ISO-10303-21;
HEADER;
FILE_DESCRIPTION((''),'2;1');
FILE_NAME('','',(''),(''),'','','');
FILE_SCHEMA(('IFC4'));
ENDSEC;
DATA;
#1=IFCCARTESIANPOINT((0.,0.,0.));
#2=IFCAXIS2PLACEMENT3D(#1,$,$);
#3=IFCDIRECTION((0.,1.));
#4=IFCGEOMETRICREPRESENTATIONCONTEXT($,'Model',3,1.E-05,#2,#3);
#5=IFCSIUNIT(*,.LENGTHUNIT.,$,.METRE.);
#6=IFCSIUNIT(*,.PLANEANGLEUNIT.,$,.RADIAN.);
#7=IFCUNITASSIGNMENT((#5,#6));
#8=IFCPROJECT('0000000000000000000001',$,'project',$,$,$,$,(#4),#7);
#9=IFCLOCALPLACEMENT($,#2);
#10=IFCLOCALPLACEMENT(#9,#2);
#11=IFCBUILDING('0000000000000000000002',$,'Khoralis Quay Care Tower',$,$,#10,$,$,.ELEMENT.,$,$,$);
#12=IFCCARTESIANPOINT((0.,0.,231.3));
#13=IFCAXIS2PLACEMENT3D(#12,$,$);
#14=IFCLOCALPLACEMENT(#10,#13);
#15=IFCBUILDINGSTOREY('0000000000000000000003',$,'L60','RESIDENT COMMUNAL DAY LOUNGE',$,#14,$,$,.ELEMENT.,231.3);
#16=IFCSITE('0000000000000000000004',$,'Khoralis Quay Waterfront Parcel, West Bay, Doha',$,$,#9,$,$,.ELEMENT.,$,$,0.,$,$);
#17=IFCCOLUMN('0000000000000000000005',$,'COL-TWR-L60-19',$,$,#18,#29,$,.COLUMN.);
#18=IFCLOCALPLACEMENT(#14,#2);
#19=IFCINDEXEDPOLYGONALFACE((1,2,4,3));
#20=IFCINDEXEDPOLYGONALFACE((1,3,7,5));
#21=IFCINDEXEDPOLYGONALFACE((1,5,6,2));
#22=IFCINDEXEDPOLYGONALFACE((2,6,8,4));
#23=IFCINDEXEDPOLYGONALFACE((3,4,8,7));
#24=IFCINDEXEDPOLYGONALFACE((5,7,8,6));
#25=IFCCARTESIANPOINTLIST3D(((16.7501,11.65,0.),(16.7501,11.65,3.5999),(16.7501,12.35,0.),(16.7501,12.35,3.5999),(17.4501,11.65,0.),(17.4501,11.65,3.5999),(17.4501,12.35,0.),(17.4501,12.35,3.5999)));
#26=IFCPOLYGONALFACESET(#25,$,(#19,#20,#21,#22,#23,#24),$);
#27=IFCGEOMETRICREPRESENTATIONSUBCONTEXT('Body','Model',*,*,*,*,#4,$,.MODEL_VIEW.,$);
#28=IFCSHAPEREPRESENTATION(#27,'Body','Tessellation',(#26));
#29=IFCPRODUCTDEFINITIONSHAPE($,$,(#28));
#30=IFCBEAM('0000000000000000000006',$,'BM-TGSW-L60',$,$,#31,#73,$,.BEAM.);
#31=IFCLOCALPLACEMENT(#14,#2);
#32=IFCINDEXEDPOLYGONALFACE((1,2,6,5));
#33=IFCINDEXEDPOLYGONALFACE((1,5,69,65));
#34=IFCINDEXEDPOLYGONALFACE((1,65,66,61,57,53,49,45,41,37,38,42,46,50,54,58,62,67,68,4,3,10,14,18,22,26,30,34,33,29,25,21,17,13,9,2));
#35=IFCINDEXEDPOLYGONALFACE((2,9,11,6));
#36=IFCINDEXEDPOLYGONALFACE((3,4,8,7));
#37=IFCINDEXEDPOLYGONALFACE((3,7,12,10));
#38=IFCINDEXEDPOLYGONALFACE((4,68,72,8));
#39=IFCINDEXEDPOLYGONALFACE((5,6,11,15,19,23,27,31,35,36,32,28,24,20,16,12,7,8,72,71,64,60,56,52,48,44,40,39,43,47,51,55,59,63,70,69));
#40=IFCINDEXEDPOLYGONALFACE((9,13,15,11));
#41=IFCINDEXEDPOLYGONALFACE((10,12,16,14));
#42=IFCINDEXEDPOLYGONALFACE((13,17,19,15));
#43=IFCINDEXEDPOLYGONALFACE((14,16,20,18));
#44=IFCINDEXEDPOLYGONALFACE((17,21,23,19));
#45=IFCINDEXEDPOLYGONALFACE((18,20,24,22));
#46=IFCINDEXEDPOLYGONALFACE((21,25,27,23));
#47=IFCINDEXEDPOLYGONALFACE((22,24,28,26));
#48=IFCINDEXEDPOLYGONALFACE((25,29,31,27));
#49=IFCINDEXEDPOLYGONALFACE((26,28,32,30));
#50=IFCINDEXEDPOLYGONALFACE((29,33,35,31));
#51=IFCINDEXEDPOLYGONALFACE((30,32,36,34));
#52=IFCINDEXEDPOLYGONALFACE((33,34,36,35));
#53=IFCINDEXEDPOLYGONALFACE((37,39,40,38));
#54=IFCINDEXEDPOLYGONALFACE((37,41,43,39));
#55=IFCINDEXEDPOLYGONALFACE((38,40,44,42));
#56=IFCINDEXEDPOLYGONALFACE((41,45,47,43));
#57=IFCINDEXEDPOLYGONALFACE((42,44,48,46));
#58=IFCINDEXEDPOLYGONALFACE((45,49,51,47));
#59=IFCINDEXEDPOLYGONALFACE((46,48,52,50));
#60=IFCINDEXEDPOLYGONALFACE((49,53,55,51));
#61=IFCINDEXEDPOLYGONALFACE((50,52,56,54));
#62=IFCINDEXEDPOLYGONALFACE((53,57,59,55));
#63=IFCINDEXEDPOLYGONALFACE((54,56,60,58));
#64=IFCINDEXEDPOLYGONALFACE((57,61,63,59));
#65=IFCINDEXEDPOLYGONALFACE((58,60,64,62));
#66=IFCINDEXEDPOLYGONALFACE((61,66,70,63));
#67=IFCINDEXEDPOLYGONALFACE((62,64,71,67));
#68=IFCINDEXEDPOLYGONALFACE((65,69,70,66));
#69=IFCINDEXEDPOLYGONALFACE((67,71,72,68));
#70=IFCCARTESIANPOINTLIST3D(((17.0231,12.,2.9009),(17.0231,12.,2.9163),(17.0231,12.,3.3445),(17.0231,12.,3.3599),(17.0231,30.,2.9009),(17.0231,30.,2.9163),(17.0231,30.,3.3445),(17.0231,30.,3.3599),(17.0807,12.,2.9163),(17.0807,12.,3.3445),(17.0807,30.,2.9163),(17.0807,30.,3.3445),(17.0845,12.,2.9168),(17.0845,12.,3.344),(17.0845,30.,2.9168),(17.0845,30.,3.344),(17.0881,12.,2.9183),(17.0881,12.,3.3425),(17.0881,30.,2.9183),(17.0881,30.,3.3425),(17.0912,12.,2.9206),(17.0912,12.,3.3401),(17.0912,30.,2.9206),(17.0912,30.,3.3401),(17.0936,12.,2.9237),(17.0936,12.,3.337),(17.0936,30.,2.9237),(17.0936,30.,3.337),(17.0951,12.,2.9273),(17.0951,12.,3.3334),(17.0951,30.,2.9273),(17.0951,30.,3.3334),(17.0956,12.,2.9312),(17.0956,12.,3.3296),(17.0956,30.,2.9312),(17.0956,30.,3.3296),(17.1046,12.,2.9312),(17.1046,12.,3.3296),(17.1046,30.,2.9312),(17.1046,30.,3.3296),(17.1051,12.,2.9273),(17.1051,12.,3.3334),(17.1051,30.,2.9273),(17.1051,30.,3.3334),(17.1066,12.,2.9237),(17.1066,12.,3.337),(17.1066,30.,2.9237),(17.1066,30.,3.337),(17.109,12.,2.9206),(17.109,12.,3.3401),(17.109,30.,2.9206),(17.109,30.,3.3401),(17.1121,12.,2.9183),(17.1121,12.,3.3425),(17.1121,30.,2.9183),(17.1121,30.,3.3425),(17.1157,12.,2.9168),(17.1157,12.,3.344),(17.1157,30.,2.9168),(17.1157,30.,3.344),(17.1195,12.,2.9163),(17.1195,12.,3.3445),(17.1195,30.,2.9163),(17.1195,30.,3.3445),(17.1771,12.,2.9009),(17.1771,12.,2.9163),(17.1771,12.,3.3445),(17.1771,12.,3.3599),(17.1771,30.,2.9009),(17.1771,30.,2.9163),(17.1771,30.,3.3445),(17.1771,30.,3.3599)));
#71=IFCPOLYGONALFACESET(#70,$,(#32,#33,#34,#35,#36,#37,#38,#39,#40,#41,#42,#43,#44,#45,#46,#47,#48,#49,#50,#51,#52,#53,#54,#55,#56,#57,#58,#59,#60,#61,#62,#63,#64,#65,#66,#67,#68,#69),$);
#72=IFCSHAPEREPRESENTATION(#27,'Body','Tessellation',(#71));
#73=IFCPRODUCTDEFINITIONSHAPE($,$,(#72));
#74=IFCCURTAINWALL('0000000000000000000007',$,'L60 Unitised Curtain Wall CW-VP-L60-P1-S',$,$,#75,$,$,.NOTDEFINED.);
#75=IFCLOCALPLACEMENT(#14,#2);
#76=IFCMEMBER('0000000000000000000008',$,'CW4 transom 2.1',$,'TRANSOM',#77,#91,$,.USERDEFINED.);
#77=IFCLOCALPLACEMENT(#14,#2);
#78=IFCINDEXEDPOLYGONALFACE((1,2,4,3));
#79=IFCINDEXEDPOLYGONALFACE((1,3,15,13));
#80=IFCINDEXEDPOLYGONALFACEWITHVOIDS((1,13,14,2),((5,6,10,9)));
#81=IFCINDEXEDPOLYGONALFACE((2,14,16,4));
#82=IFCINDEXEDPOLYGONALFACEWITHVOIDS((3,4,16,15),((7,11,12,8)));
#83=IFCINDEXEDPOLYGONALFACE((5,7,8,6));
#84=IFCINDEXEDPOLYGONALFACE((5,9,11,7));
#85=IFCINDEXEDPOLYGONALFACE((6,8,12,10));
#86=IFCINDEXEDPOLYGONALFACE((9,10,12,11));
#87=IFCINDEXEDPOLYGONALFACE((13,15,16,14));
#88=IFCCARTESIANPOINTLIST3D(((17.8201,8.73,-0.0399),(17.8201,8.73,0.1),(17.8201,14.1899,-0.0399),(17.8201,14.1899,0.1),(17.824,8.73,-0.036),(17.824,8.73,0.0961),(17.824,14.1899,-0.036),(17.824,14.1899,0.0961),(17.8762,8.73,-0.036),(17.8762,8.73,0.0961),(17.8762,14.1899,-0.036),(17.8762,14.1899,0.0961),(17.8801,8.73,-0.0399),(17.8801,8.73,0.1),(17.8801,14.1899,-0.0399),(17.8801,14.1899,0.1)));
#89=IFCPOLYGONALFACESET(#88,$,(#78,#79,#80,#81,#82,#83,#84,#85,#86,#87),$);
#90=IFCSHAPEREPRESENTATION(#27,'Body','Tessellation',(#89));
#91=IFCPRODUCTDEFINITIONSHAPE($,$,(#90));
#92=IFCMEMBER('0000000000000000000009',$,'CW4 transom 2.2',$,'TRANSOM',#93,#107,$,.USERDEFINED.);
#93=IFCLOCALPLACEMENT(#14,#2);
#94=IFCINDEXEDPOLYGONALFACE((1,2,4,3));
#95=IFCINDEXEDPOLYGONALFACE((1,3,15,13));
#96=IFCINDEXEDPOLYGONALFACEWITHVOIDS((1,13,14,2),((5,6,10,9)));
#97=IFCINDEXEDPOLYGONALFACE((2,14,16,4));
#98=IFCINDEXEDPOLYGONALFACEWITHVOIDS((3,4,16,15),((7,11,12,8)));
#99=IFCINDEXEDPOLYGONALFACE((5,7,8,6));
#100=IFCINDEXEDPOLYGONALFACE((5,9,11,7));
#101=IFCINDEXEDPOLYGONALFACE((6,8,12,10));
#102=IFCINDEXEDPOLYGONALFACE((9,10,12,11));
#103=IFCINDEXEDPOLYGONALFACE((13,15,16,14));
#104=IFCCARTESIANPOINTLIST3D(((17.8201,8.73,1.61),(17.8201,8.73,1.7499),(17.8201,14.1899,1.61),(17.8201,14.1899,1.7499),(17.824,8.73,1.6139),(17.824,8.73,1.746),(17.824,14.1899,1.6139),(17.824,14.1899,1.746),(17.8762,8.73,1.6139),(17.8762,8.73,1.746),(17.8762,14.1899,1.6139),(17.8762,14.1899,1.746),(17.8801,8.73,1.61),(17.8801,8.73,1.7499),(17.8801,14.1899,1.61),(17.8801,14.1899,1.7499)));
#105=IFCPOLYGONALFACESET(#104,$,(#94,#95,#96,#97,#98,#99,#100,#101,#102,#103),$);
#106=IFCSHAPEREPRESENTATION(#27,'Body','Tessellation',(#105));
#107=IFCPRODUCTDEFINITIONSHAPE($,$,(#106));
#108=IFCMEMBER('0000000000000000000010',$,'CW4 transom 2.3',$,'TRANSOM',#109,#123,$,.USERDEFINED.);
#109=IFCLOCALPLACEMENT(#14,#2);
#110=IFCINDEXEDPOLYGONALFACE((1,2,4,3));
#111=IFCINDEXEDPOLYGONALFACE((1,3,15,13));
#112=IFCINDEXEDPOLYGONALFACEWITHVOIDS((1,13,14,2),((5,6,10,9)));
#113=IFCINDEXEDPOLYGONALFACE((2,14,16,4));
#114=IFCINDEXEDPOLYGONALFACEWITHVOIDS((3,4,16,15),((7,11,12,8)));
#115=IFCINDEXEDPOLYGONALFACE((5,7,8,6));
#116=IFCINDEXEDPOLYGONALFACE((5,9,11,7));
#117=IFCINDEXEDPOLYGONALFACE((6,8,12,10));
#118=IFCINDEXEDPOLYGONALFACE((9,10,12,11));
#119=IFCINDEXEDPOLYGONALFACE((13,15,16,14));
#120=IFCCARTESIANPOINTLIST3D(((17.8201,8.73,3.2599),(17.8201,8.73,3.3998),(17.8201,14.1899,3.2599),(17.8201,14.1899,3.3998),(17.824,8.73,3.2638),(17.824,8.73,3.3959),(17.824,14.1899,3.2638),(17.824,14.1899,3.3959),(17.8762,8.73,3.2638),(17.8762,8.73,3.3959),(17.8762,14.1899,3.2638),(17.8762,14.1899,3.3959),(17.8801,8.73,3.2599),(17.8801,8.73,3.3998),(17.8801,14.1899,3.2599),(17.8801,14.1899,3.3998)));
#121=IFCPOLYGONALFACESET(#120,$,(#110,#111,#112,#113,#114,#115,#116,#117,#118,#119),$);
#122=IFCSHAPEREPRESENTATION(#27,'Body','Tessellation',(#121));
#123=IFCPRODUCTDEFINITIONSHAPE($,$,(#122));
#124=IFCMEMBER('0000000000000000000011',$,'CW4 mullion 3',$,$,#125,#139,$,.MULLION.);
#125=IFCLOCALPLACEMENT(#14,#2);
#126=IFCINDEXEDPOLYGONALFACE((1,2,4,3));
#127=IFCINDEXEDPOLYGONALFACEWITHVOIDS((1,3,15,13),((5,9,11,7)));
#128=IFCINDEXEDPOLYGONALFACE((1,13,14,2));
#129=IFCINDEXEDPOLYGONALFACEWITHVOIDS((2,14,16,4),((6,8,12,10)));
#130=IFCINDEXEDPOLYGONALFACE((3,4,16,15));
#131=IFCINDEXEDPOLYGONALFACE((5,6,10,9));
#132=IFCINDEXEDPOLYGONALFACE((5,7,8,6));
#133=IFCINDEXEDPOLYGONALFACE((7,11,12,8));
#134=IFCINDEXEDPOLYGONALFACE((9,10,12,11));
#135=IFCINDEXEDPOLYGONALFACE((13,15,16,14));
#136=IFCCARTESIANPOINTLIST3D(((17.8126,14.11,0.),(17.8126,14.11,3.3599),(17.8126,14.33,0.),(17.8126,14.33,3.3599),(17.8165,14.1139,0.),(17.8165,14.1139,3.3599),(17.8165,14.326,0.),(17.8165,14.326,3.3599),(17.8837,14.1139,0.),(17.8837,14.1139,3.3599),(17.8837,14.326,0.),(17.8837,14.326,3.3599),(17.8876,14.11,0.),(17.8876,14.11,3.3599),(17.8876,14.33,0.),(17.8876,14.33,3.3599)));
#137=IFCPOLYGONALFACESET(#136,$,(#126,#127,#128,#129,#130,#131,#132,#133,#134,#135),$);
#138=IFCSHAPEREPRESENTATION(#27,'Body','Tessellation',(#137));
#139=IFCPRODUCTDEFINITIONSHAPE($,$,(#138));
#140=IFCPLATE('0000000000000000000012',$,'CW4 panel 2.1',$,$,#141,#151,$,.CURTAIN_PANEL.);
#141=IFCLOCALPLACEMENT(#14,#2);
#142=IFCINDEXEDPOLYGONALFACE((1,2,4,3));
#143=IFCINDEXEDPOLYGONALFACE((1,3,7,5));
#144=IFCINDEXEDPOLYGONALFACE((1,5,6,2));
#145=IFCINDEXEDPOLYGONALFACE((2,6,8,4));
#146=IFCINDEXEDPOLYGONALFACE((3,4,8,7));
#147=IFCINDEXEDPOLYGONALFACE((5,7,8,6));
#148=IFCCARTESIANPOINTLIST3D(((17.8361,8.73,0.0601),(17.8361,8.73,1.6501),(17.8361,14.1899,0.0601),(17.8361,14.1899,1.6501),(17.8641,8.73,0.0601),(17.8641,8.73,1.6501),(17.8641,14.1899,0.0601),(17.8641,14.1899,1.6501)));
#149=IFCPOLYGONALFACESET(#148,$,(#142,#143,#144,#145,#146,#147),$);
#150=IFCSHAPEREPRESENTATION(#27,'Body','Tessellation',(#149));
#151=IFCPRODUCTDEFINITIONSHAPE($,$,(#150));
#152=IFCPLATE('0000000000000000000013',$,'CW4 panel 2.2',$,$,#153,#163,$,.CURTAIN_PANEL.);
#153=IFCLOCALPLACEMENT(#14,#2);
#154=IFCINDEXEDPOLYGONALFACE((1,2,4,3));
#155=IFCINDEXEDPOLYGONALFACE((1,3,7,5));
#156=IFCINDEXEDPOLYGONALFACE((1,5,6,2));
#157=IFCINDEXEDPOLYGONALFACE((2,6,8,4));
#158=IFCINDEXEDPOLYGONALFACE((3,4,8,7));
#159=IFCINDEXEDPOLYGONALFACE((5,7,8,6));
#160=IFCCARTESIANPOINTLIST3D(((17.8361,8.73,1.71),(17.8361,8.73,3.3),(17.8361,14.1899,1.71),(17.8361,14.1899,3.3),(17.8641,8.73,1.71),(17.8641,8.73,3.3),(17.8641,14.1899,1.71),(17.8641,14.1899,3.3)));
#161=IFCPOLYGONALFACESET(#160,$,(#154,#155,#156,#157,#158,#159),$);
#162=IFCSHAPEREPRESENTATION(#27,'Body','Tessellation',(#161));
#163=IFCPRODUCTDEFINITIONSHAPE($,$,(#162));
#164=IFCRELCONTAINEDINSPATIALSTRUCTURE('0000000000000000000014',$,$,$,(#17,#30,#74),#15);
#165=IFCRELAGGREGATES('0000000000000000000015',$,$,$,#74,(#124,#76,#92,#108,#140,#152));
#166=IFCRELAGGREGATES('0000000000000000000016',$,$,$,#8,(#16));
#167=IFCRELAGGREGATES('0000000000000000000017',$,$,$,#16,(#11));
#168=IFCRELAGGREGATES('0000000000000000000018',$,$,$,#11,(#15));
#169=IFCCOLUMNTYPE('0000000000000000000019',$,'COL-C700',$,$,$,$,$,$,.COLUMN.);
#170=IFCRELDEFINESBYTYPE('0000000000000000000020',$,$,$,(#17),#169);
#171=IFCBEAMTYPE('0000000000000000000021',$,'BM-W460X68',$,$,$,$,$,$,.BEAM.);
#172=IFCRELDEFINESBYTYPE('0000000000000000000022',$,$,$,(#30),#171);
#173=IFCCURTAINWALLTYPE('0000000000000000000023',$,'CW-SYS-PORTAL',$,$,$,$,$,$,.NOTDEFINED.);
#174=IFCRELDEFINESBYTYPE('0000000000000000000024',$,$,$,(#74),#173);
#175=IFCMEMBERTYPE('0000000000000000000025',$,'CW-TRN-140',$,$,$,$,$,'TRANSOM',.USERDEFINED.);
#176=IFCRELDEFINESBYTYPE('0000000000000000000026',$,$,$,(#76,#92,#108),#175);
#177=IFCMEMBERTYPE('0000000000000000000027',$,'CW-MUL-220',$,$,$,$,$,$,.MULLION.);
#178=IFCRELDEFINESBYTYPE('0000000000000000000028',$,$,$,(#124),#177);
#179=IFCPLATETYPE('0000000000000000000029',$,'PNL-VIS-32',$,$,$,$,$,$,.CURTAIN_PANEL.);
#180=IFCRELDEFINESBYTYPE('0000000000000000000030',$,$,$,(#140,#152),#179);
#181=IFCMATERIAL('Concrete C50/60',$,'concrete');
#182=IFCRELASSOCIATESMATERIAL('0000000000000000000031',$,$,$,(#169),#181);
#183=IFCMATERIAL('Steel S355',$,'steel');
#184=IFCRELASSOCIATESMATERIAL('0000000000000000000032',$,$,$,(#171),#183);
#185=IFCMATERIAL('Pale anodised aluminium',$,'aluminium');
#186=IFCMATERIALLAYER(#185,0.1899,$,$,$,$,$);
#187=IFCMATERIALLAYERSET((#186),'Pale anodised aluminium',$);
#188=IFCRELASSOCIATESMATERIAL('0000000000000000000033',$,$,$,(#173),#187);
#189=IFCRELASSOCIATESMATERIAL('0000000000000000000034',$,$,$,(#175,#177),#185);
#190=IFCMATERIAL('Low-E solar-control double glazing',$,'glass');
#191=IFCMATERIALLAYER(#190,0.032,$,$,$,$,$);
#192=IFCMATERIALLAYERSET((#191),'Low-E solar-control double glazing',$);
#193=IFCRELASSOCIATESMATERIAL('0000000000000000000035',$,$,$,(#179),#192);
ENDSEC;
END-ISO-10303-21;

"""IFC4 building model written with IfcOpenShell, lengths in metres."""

from ifc_helpers import new_model, si_unit, direction, frame, origin, origin_2d, place, context, subcontext, project, spatial, rectangle, hollow_rectangle, i_section, extrude, source, transform, mapped, material, layer, layer_set, material_profile, profile_set, type_object, element, aggregate, save


model = new_model("IFC4")

# Units and contexts
model_context = context("Model", 3, precision=1e-05, world=origin(), true_north=direction((0.0, 1.0)))
body_context = subcontext(model_context, "Body", "Model", "MODEL_VIEW")
ifc_project = project(units=[si_unit("LENGTHUNIT", "METRE"), si_unit("PLANEANGLEUNIT", "RADIAN")], contexts=[model_context])

# Site, building, storey
site_placement = place(None, origin())
site = spatial("IfcSite", under=ifc_project, at=site_placement, Name="Khoralis Quay Waterfront Parcel, West Bay, Doha", CompositionType="ELEMENT", RefElevation=0.0)
building_placement = place(site_placement, origin())
building = spatial("IfcBuilding", under=site, at=building_placement, Name="Khoralis Quay Care Tower", CompositionType="ELEMENT")
storey_placement = place(building_placement, frame((0.0, 0.0, 231.3)))
storey = spatial("IfcBuildingStorey", under=building, at=storey_placement, Name="L60", Description="RESIDENT COMMUNAL DAY LOUNGE", CompositionType="ELEMENT", Elevation=231.3)

# Column
ifc_material_1 = material(Name="Concrete C50/60", Category="concrete")
ifc_material_profile_1 = material_profile(ifc_material_1, rectangle(XDim=0.7, YDim=0.7, at=origin_2d()), Name="Concrete C50/60")
ifc_profile_set_1 = profile_set([ifc_material_profile_1], Name="Concrete C50/60")
column_type = type_object("IfcColumnType", Name="COL-C700", PredefinedType="COLUMN", material=ifc_profile_set_1)
shared_shape_1 = source(origin(), body_context, "Body", "SweptSolid", [
    extrude(rectangle(XDim=0.7, YDim=0.7, at=origin_2d()), origin(), (0.0, 0.0, 1.0), 3.5999),
])
column_placement = place(storey_placement, frame((17.1001, 12.0, 0.0), z_axis=(0.0, 0.0, 1.0), x_axis=(1.0, 0.0, 0.0)))
element("IfcColumn", 1, at=column_placement, inside=storey, type_object=column_type, Name="COL-TWR-L60-19", PredefinedType="COLUMN", context=body_context, shape_type="MappedRepresentation", body=[
    mapped(shared_shape_1, transform((0.0, 0.0, 0.0), scale=1.0)),
])

# Beam
ifc_material_2 = material(Name="Steel S355", Category="steel")
ifc_material_profile_2 = material_profile(ifc_material_2, i_section(OverallWidth=0.1541, OverallDepth=0.459, WebThickness=0.009, FlangeThickness=0.0154, FilletRadius=0.0149, at=origin_2d()), Name="Steel S355")
ifc_profile_set_2 = profile_set([ifc_material_profile_2], Name="Steel S355")
beam_type = type_object("IfcBeamType", Name="BM-W460X68", PredefinedType="BEAM", material=ifc_profile_set_2)
shared_shape_2 = source(origin(), body_context, "Body", "SweptSolid", [
    extrude(i_section(OverallWidth=0.1541, OverallDepth=0.459, WebThickness=0.009, FlangeThickness=0.0154, FilletRadius=0.0149, at=origin_2d()), origin(), (0.0, 0.0, 1.0), 18.0),
])
beam_placement = place(storey_placement, frame((17.1001, 12.0, 3.1304), z_axis=(0.0, 1.0, 0.0), x_axis=(-1.0, 0.0, 0.0)))
element("IfcBeam", 2, at=beam_placement, inside=storey, type_object=beam_type, Name="BM-TGSW-L60", PredefinedType="BEAM", context=body_context, shape_type="MappedRepresentation", body=[
    mapped(shared_shape_2, transform((0.0, 0.0, 0.0), scale=1.0)),
])

# Curtain wall, members, plates
ifc_material_3 = material(Name="Pale anodised aluminium", Category="aluminium")
ifc_layer_1 = layer(ifc_material_3, 0.1899)
ifc_layer_set_1 = layer_set([ifc_layer_1], Name="Pale anodised aluminium")
curtain_wall_type = type_object("IfcCurtainWallType", Name="CW-SYS-PORTAL", PredefinedType="NOTDEFINED", material=ifc_layer_set_1)
curtain_wall_placement = place(storey_placement, origin())
curtain_wall = element("IfcCurtainWall", 3, at=curtain_wall_placement, inside=storey, type_object=curtain_wall_type, Name="L60 Unitised Curtain Wall CW-VP-L60-P1-S", PredefinedType="NOTDEFINED")
ifc_material_profile_3 = material_profile(ifc_material_3, hollow_rectangle(XDim=0.0601, YDim=0.1399, WallThickness=0.0039, at=origin_2d()), Name="Pale anodised aluminium")
ifc_profile_set_3 = profile_set([ifc_material_profile_3], Name="Pale anodised aluminium")
member_type_1 = type_object("IfcMemberType", Name="CW-TRN-140", ElementType="TRANSOM", PredefinedType="USERDEFINED", material=ifc_profile_set_3)
shared_shape_3 = source(origin(), body_context, "Body", "SweptSolid", [
    extrude(hollow_rectangle(XDim=0.0601, YDim=0.1399, WallThickness=0.0039, at=origin_2d()), origin(), (0.0, 0.0, 1.0), 5.46),
])
member_1_placement = place(storey_placement, frame((17.8501, 8.73, 0.03), z_axis=(0.0, 1.0, 0.0), x_axis=(-1.0, 0.0, 0.0)))
member_1 = element("IfcMember", 4, at=member_1_placement, type_object=member_type_1, Name="CW4 transom 2.1", ObjectType="TRANSOM", PredefinedType="USERDEFINED", context=body_context, shape_type="MappedRepresentation", body=[
    mapped(shared_shape_3, transform((0.0, 0.0, 0.0), scale=1.0)),
])
member_2_placement = place(storey_placement, frame((17.8501, 8.73, 1.6799), z_axis=(0.0, 1.0, 0.0), x_axis=(-1.0, 0.0, 0.0)))
member_2 = element("IfcMember", 5, at=member_2_placement, type_object=member_type_1, Name="CW4 transom 2.2", ObjectType="TRANSOM", PredefinedType="USERDEFINED", context=body_context, shape_type="MappedRepresentation", body=[
    mapped(shared_shape_3, transform((0.0, 0.0, 0.0), scale=1.0)),
])
member_3_placement = place(storey_placement, frame((17.8501, 8.73, 3.3298), z_axis=(0.0, 1.0, 0.0), x_axis=(-1.0, 0.0, 0.0)))
member_3 = element("IfcMember", 6, at=member_3_placement, type_object=member_type_1, Name="CW4 transom 2.3", ObjectType="TRANSOM", PredefinedType="USERDEFINED", context=body_context, shape_type="MappedRepresentation", body=[
    mapped(shared_shape_3, transform((0.0, 0.0, 0.0), scale=1.0)),
])
ifc_material_profile_4 = material_profile(ifc_material_3, hollow_rectangle(XDim=0.075, YDim=0.22, WallThickness=0.0039, at=origin_2d()), Name="Pale anodised aluminium")
ifc_profile_set_4 = profile_set([ifc_material_profile_4], Name="Pale anodised aluminium")
member_type_2 = type_object("IfcMemberType", Name="CW-MUL-220", PredefinedType="MULLION", material=ifc_profile_set_4)
shared_shape_4 = source(origin(), body_context, "Body", "SweptSolid", [
    extrude(hollow_rectangle(XDim=0.075, YDim=0.22, WallThickness=0.0039, at=origin_2d()), origin(), (0.0, 0.0, 1.0), 3.3599),
])
member_4_placement = place(storey_placement, frame((17.8501, 14.22, 0.0), z_axis=(0.0, 0.0, 1.0), x_axis=(-1.0, 0.0, 0.0)))
member_4 = element("IfcMember", 7, at=member_4_placement, type_object=member_type_2, Name="CW4 mullion 3", PredefinedType="MULLION", context=body_context, shape_type="MappedRepresentation", body=[
    mapped(shared_shape_4, transform((0.0, 0.0, 0.0), scale=1.0)),
])
ifc_material_4 = material(Name="Low-E solar-control double glazing", Category="glass")
ifc_layer_2 = layer(ifc_material_4, 0.032)
ifc_layer_set_2 = layer_set([ifc_layer_2], Name="Low-E solar-control double glazing")
plate_type = type_object("IfcPlateType", Name="PNL-VIS-32", PredefinedType="CURTAIN_PANEL", material=ifc_layer_set_2)
shared_shape_5 = source(origin(), body_context, "Body", "SweptSolid", [
    extrude(rectangle(XDim=5.46, YDim=0.0281, at=origin_2d()), origin(), (0.0, 0.0, 1.0), 1.5901),
])
plate_1_placement = place(storey_placement, frame((17.8501, 11.46, 0.0601), z_axis=(0.0, 0.0, 1.0), x_axis=(0.0, 1.0, 0.0)))
plate_1 = element("IfcPlate", 8, at=plate_1_placement, type_object=plate_type, Name="CW4 panel 2.1", PredefinedType="CURTAIN_PANEL", context=body_context, shape_type="MappedRepresentation", body=[
    mapped(shared_shape_5, transform((0.0, 0.0, 0.0), scale=1.0)),
])
plate_2_placement = place(storey_placement, frame((17.8501, 11.46, 1.71), z_axis=(0.0, 0.0, 1.0), x_axis=(0.0, 1.0, 0.0)))
plate_2 = element("IfcPlate", 9, at=plate_2_placement, type_object=plate_type, Name="CW4 panel 2.2", PredefinedType="CURTAIN_PANEL", context=body_context, shape_type="MappedRepresentation", body=[
    mapped(shared_shape_5, transform((0.0, 0.0, 0.0), scale=1.0)),
])
aggregate(curtain_wall, [member_4, member_1, member_2, member_3, plate_1, plate_2])

save(model, "model.ifc")
